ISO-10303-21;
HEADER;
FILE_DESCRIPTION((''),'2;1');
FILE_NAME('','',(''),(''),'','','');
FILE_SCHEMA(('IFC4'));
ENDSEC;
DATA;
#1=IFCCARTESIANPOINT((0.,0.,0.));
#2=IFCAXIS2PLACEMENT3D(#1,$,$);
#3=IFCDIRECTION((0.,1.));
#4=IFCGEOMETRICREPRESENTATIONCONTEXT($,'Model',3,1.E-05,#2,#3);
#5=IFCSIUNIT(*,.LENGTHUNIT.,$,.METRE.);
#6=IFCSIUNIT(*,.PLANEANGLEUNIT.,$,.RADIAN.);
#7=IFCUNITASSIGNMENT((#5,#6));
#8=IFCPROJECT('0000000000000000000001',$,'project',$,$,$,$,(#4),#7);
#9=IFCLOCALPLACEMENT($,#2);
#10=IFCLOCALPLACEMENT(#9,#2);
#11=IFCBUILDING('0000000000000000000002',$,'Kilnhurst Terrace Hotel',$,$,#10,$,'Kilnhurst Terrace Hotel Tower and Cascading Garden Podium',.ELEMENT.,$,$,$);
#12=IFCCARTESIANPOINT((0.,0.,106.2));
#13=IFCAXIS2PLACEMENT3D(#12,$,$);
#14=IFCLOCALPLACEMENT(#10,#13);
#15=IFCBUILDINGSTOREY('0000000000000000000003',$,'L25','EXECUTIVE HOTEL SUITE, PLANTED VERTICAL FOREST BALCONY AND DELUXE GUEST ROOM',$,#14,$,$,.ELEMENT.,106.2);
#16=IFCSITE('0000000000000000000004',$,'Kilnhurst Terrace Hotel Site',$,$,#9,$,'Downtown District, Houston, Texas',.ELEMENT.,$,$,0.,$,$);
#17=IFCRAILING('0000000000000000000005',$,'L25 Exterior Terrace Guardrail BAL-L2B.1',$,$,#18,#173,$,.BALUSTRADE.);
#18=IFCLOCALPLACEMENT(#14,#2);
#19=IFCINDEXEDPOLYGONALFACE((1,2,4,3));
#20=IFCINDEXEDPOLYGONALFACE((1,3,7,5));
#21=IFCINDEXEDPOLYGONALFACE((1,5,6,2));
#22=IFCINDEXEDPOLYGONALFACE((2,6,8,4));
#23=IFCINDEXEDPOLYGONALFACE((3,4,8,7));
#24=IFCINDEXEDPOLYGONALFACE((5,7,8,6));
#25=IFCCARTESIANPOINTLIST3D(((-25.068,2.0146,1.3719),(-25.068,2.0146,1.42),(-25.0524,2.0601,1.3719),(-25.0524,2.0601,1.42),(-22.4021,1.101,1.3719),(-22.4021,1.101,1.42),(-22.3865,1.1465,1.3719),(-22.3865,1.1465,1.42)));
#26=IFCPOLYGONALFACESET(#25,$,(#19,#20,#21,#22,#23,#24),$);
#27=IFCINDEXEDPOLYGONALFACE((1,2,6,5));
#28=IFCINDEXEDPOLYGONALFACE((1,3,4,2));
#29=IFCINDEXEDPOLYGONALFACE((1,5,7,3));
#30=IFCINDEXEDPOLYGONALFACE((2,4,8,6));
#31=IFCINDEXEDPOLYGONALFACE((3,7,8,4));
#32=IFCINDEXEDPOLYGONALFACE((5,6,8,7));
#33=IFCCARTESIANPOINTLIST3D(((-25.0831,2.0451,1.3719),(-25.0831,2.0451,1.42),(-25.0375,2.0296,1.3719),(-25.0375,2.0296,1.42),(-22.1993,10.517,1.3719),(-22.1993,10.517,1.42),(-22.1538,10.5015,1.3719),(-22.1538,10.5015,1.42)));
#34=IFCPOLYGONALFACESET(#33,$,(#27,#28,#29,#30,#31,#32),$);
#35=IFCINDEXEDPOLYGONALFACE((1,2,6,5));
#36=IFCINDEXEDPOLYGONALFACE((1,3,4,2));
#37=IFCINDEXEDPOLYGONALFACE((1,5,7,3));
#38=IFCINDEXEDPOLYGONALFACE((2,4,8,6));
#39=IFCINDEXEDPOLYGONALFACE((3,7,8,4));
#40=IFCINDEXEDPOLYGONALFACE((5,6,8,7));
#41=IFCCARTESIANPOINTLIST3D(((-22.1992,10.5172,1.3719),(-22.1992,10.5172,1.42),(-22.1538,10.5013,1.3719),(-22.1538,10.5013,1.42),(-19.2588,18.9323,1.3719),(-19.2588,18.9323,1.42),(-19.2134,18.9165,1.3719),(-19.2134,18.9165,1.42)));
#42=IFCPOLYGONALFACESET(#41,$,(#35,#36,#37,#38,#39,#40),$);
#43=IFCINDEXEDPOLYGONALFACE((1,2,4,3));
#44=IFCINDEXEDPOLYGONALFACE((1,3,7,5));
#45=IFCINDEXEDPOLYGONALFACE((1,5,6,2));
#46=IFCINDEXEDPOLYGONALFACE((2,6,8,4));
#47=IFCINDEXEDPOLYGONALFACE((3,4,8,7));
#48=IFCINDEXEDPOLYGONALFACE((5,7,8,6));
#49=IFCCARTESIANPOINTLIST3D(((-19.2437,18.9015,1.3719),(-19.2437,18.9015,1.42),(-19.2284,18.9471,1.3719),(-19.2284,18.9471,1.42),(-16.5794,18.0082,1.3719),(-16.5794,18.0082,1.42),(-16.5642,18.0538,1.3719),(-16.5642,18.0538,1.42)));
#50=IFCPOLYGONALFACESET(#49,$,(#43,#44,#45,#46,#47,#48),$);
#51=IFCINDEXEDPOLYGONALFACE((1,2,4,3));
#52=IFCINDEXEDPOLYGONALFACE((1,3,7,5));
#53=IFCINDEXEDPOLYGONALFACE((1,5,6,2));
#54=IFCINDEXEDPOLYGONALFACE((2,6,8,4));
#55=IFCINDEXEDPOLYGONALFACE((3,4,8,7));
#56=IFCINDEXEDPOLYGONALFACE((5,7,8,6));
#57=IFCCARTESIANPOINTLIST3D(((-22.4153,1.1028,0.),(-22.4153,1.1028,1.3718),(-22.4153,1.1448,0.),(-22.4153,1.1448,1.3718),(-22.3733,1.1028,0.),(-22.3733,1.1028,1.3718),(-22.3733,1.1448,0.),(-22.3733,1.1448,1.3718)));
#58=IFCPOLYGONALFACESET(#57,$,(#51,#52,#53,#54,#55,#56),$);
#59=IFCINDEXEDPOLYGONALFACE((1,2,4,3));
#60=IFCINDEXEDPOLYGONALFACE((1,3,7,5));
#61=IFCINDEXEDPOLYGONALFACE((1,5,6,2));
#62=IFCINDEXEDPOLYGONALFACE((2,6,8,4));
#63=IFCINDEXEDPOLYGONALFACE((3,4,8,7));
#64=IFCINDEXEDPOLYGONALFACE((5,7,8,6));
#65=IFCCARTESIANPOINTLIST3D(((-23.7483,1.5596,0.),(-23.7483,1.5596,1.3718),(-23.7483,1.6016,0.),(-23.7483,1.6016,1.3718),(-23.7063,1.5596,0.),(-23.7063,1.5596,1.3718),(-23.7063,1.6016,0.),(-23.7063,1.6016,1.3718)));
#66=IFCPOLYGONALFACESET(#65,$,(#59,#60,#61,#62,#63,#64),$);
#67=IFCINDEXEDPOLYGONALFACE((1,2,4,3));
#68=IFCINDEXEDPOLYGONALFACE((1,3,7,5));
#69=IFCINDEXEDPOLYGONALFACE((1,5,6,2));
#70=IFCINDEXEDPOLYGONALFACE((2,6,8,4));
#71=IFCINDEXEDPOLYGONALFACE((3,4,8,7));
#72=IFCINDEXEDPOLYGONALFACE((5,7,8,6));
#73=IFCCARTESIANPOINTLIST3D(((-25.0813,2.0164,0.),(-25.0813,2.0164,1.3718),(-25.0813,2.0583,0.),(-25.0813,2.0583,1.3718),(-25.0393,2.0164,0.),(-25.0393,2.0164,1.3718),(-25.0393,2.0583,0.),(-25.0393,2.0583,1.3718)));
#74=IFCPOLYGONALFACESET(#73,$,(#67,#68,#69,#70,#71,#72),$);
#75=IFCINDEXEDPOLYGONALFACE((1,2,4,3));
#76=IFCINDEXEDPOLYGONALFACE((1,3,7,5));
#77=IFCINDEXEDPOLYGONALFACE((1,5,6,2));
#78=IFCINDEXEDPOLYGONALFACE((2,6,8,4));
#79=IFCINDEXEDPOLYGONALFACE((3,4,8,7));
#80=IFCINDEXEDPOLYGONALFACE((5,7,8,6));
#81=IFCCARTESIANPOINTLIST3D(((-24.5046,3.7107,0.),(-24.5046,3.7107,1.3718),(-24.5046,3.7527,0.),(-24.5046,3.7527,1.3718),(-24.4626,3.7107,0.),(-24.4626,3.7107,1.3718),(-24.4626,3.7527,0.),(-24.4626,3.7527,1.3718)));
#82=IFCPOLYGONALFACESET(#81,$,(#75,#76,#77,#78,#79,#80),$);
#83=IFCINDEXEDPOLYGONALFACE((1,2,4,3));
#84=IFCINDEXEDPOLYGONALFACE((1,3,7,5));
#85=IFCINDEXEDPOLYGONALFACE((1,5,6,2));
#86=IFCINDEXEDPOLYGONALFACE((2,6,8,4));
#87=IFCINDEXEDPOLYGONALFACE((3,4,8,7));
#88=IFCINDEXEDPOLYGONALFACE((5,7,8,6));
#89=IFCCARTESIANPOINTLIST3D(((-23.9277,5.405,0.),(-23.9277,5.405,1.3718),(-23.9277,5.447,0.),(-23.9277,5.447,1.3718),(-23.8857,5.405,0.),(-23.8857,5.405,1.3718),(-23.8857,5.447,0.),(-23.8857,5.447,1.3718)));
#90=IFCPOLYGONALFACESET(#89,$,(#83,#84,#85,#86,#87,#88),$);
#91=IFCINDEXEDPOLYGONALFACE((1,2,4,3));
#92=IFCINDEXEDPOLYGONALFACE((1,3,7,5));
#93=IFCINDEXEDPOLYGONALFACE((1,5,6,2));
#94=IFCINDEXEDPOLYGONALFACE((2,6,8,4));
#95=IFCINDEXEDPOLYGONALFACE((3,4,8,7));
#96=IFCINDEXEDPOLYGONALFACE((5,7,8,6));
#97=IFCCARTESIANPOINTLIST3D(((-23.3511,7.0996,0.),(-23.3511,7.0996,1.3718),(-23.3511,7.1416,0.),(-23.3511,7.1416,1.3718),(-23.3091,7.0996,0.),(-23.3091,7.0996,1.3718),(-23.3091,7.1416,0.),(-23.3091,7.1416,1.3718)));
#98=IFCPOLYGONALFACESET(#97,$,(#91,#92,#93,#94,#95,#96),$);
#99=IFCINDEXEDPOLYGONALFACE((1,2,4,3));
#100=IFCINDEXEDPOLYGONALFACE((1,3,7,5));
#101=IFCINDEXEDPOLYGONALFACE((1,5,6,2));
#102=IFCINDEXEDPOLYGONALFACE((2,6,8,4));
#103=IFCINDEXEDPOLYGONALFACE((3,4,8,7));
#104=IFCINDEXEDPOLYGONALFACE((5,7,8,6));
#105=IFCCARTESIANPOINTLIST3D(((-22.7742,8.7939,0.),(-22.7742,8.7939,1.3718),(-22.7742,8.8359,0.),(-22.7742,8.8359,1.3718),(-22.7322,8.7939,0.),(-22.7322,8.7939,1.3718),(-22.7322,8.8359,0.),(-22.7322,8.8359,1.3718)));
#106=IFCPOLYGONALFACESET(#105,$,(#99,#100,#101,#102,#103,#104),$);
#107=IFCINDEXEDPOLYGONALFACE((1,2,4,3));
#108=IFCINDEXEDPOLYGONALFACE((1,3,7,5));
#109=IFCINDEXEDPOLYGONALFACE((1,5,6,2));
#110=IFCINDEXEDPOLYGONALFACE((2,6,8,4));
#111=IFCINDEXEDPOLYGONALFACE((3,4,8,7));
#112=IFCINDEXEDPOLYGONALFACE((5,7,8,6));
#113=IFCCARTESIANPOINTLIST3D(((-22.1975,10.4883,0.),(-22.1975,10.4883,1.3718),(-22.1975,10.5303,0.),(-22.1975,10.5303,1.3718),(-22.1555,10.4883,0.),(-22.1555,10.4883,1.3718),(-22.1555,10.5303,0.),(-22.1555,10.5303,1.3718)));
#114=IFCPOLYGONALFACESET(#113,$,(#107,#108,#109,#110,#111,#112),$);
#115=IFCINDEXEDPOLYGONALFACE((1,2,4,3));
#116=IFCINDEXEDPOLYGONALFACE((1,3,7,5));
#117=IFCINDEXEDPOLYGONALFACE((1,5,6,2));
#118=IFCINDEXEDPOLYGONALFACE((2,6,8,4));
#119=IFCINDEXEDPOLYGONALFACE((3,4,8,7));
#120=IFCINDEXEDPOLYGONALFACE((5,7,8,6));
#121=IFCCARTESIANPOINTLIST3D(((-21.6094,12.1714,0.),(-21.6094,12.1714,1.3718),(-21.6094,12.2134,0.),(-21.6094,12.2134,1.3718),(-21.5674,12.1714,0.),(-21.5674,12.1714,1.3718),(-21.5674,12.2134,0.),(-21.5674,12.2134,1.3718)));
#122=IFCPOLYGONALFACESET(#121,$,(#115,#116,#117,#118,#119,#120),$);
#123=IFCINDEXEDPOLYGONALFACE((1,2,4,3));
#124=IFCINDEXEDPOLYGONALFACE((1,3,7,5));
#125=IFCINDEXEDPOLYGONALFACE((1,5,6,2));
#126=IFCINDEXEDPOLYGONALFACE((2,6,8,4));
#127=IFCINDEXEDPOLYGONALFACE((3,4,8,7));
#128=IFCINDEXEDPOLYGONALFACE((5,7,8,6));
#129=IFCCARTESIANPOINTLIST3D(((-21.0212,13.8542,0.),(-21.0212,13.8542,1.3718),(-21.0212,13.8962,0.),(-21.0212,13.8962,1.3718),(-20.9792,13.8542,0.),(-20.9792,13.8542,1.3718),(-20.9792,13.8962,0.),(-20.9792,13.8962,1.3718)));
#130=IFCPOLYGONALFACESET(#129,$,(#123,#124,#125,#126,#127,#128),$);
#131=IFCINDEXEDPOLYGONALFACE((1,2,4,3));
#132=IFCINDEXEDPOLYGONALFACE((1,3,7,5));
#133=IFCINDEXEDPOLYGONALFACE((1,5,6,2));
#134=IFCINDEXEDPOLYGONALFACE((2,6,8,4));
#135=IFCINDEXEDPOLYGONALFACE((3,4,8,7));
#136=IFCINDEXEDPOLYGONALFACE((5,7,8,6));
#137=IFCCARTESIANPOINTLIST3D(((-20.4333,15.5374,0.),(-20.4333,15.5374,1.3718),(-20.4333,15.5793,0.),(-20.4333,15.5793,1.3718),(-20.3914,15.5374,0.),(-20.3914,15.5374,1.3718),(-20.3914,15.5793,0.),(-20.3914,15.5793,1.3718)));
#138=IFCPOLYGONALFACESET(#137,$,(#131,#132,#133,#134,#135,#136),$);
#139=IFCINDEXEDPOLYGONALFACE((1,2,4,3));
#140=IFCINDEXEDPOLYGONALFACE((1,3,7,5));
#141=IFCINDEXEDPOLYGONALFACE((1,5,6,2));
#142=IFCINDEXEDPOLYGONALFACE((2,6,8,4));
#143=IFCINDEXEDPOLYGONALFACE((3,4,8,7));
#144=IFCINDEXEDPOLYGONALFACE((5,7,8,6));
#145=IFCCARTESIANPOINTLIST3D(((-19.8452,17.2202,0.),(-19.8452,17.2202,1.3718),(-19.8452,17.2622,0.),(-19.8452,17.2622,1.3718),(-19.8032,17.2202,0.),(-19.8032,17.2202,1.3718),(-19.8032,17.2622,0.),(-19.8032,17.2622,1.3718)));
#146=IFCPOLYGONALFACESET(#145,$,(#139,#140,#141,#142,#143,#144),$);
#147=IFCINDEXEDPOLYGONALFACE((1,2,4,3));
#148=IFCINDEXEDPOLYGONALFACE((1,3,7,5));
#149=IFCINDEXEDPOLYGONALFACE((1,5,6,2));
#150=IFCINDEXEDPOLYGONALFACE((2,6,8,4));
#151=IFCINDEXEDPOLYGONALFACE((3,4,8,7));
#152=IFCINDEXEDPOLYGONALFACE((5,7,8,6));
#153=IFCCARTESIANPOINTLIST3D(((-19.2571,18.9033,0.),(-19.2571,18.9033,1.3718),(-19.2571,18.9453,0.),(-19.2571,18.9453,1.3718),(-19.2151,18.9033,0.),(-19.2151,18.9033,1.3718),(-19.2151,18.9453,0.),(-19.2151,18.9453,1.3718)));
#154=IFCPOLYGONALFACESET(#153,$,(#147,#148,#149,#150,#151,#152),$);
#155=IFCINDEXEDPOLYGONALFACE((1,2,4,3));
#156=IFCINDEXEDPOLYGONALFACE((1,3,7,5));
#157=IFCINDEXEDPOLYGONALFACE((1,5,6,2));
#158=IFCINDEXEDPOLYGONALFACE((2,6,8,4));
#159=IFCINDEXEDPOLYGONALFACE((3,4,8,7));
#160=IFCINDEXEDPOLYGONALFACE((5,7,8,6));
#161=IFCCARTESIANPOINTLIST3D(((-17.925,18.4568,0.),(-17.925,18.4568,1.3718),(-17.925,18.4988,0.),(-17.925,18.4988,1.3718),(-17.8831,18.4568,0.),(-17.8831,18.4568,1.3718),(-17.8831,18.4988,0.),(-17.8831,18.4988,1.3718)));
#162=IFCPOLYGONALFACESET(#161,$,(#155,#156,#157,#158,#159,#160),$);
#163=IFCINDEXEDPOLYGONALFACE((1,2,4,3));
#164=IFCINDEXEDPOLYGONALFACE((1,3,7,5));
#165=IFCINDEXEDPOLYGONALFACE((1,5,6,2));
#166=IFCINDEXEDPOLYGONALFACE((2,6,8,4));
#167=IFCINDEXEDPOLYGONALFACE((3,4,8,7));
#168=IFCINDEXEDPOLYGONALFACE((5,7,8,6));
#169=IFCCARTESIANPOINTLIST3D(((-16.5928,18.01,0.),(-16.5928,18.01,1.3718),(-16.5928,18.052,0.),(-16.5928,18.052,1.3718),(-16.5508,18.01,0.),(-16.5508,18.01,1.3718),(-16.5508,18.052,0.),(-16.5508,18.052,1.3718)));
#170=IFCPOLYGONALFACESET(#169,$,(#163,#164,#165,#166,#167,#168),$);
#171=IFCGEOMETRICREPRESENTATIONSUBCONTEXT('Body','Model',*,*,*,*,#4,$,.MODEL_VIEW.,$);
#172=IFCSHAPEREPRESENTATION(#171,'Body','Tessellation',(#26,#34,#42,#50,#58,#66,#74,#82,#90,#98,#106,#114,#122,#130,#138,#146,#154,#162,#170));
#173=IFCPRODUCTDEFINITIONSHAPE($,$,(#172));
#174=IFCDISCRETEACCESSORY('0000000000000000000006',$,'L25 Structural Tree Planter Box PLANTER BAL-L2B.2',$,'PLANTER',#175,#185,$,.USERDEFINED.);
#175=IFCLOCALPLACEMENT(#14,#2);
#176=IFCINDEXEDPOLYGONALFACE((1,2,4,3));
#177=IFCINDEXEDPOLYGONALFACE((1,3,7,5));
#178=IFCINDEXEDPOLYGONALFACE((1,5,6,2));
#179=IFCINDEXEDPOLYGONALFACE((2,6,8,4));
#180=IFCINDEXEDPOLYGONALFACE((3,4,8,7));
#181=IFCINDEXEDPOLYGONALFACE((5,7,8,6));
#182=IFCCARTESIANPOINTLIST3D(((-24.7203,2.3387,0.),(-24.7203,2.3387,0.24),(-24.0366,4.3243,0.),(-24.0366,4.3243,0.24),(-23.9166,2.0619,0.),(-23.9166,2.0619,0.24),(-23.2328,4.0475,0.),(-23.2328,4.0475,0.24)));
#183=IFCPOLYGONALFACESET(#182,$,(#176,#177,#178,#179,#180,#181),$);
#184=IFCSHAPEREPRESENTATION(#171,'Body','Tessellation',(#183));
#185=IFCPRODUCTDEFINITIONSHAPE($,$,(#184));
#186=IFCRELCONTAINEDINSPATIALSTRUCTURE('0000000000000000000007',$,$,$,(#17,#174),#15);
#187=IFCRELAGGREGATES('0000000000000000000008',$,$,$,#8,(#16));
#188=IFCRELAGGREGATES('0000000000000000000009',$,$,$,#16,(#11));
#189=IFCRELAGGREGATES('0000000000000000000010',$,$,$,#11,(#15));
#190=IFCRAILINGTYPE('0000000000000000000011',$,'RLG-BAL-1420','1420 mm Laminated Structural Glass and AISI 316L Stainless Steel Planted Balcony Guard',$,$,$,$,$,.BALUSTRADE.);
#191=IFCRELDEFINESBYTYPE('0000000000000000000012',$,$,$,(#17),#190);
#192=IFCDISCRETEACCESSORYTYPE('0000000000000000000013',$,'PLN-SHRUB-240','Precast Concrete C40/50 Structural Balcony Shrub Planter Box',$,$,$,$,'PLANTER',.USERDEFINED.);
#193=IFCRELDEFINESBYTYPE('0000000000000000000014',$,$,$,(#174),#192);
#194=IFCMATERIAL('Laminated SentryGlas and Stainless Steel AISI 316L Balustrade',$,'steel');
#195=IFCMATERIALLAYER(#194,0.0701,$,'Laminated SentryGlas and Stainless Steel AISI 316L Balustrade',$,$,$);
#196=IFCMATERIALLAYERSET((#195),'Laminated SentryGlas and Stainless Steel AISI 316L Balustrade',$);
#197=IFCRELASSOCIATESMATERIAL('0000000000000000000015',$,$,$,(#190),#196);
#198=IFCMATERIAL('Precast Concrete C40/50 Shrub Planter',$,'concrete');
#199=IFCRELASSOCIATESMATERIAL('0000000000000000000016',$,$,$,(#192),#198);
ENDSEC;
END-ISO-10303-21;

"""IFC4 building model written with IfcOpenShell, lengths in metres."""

from ifc_helpers import new_model, si_unit, direction, frame, origin, origin_2d, place, context, subcontext, project, spatial, rectangle, extrude, material, layer, layer_set, type_object, element, save


model = new_model("IFC4")

# Units and contexts
model_context = context("Model", 3, precision=1e-05, world=origin(), true_north=direction((0.0, 1.0)))
body_context = subcontext(model_context, "Body", "Model", "MODEL_VIEW")
ifc_project = project(units=[si_unit("LENGTHUNIT", "METRE"), si_unit("PLANEANGLEUNIT", "RADIAN")], contexts=[model_context])

# Site, building, storey
site_placement = place(None, origin())
site = spatial("IfcSite", under=ifc_project, at=site_placement, Name="Kilnhurst Terrace Hotel Site", LongName="Downtown District, Houston, Texas", CompositionType="ELEMENT", RefElevation=0.0)
building_placement = place(site_placement, origin())
building = spatial("IfcBuilding", under=site, at=building_placement, Name="Kilnhurst Terrace Hotel", LongName="Kilnhurst Terrace Hotel Tower and Cascading Garden Podium", CompositionType="ELEMENT")
storey_placement = place(building_placement, frame((0.0, 0.0, 106.2)))
storey = spatial("IfcBuildingStorey", under=building, at=storey_placement, Name="L25", Description="EXECUTIVE HOTEL SUITE, PLANTED VERTICAL FOREST BALCONY AND DELUXE GUEST ROOM", CompositionType="ELEMENT", Elevation=106.2)

# Railing
ifc_material_1 = material(Name="Laminated SentryGlas and Stainless Steel AISI 316L Balustrade", Category="steel")
ifc_layer_1 = layer(ifc_material_1, 0.0701, Name="Laminated SentryGlas and Stainless Steel AISI 316L Balustrade")
ifc_layer_set_1 = layer_set([ifc_layer_1], Name="Laminated SentryGlas and Stainless Steel AISI 316L Balustrade")
railing_type = type_object("IfcRailingType", Name="RLG-BAL-1420", Description="1420 mm Laminated Structural Glass and AISI 316L Stainless Steel Planted Balcony Guard", PredefinedType="BALUSTRADE", material=ifc_layer_set_1)
railing_placement = place(storey_placement, frame((-22.3943, 1.1238, 0.0)))
element("IfcRailing", 1, at=railing_placement, inside=storey, type_object=railing_type, Name="L25 Exterior Terrace Guardrail BAL-L2B.1", PredefinedType="BALUSTRADE", context=body_context, shape_type="SweptSolid", body=[
    extrude(rectangle(XDim=0.0481, YDim=0.0481, at=origin_2d()), frame((0.0, 0.0, 1.396), z_axis=(-0.945999, 0.324169, 0.0), x_axis=(-0.324169, -0.945999, 0.0)), (0.0, 0.0, 1.0), 2.8181),
    extrude(rectangle(XDim=0.0481, YDim=0.0481, at=origin_2d()), frame((-2.666, 0.9136, 1.396), z_axis=(0.322237, 0.946659, 0.0), x_axis=(-0.946659, 0.322237, 0.0)), (0.0, 0.0, 1.0), 8.9492),
    extrude(rectangle(XDim=0.0481, YDim=0.0481, at=origin_2d()), frame((0.2178, 9.3855, 1.396), z_axis=(0.329867, 0.944027, 0.0), x_axis=(-0.944027, 0.329867, 0.0)), (0.0, 0.0, 1.0), 8.9141),
    extrude(rectangle(XDim=0.0481, YDim=0.0481, at=origin_2d()), frame((3.1582, 17.8005, 1.396), z_axis=(0.948126, -0.317895, 0.0), x_axis=(0.317895, 0.948126, 0.0)), (0.0, 0.0, 1.0), 2.8101),
    extrude(rectangle(XDim=0.042, YDim=0.042, at=origin_2d()), origin(), (0.0, 0.0, 1.0), 1.3718),
    extrude(rectangle(XDim=0.042, YDim=0.042, at=origin_2d()), frame((-1.333, 0.4568, 0.0)), (0.0, 0.0, 1.0), 1.3718),
    extrude(rectangle(XDim=0.042, YDim=0.042, at=origin_2d()), frame((-2.666, 0.9136, 0.0)), (0.0, 0.0, 1.0), 1.3718),
    extrude(rectangle(XDim=0.042, YDim=0.042, at=origin_2d()), frame((-2.0894, 2.6079, 0.0)), (0.0, 0.0, 1.0), 1.3718),
    extrude(rectangle(XDim=0.042, YDim=0.042, at=origin_2d()), frame((-1.5125, 4.3022, 0.0)), (0.0, 0.0, 1.0), 1.3718),
    extrude(rectangle(XDim=0.042, YDim=0.042, at=origin_2d()), frame((-0.9358, 5.9968, 0.0)), (0.0, 0.0, 1.0), 1.3718),
    extrude(rectangle(XDim=0.042, YDim=0.042, at=origin_2d()), frame((-0.3589, 7.6912, 0.0)), (0.0, 0.0, 1.0), 1.3718),
    extrude(rectangle(XDim=0.042, YDim=0.042, at=origin_2d()), frame((0.2178, 9.3855, 0.0)), (0.0, 0.0, 1.0), 1.3718),
    extrude(rectangle(XDim=0.042, YDim=0.042, at=origin_2d()), frame((0.8059, 11.0686, 0.0)), (0.0, 0.0, 1.0), 1.3718),
    extrude(rectangle(XDim=0.042, YDim=0.042, at=origin_2d()), frame((1.394, 12.7515, 0.0)), (0.0, 0.0, 1.0), 1.3718),
    extrude(rectangle(XDim=0.042, YDim=0.042, at=origin_2d()), frame((1.9819, 14.4346, 0.0)), (0.0, 0.0, 1.0), 1.3718),
    extrude(rectangle(XDim=0.042, YDim=0.042, at=origin_2d()), frame((2.5701, 16.1174, 0.0)), (0.0, 0.0, 1.0), 1.3718),
    extrude(rectangle(XDim=0.042, YDim=0.042, at=origin_2d()), frame((3.1582, 17.8005, 0.0)), (0.0, 0.0, 1.0), 1.3718),
    extrude(rectangle(XDim=0.042, YDim=0.042, at=origin_2d()), frame((4.4902, 17.354, 0.0)), (0.0, 0.0, 1.0), 1.3718),
    extrude(rectangle(XDim=0.042, YDim=0.042, at=origin_2d()), frame((5.8225, 16.9072, 0.0)), (0.0, 0.0, 1.0), 1.3718),
])

# Discrete accessory
ifc_material_2 = material(Name="Precast Concrete C40/50 Shrub Planter", Category="concrete")
discrete_accessory_type = type_object("IfcDiscreteAccessoryType", Name="PLN-SHRUB-240", Description="Precast Concrete C40/50 Structural Balcony Shrub Planter Box", ElementType="PLANTER", PredefinedType="USERDEFINED", material=ifc_material_2)
discrete_accessory_placement = place(storey_placement, frame((-23.9766, 3.1931, 0.0), z_axis=(0.0, 0.0, 1.0), x_axis=(-0.325601, -0.945507, 0.0)))
element("IfcDiscreteAccessory", 2, at=discrete_accessory_placement, inside=storey, type_object=discrete_accessory_type, Name="L25 Structural Tree Planter Box PLANTER BAL-L2B.2", ObjectType="PLANTER", PredefinedType="USERDEFINED", context=body_context, shape_type="SweptSolid", body=[
    extrude(rectangle(XDim=2.1001, YDim=0.8501, at=origin_2d()), origin(), (0.0, 0.0, 1.0), 0.24),
])

save(model, "model.ifc")
